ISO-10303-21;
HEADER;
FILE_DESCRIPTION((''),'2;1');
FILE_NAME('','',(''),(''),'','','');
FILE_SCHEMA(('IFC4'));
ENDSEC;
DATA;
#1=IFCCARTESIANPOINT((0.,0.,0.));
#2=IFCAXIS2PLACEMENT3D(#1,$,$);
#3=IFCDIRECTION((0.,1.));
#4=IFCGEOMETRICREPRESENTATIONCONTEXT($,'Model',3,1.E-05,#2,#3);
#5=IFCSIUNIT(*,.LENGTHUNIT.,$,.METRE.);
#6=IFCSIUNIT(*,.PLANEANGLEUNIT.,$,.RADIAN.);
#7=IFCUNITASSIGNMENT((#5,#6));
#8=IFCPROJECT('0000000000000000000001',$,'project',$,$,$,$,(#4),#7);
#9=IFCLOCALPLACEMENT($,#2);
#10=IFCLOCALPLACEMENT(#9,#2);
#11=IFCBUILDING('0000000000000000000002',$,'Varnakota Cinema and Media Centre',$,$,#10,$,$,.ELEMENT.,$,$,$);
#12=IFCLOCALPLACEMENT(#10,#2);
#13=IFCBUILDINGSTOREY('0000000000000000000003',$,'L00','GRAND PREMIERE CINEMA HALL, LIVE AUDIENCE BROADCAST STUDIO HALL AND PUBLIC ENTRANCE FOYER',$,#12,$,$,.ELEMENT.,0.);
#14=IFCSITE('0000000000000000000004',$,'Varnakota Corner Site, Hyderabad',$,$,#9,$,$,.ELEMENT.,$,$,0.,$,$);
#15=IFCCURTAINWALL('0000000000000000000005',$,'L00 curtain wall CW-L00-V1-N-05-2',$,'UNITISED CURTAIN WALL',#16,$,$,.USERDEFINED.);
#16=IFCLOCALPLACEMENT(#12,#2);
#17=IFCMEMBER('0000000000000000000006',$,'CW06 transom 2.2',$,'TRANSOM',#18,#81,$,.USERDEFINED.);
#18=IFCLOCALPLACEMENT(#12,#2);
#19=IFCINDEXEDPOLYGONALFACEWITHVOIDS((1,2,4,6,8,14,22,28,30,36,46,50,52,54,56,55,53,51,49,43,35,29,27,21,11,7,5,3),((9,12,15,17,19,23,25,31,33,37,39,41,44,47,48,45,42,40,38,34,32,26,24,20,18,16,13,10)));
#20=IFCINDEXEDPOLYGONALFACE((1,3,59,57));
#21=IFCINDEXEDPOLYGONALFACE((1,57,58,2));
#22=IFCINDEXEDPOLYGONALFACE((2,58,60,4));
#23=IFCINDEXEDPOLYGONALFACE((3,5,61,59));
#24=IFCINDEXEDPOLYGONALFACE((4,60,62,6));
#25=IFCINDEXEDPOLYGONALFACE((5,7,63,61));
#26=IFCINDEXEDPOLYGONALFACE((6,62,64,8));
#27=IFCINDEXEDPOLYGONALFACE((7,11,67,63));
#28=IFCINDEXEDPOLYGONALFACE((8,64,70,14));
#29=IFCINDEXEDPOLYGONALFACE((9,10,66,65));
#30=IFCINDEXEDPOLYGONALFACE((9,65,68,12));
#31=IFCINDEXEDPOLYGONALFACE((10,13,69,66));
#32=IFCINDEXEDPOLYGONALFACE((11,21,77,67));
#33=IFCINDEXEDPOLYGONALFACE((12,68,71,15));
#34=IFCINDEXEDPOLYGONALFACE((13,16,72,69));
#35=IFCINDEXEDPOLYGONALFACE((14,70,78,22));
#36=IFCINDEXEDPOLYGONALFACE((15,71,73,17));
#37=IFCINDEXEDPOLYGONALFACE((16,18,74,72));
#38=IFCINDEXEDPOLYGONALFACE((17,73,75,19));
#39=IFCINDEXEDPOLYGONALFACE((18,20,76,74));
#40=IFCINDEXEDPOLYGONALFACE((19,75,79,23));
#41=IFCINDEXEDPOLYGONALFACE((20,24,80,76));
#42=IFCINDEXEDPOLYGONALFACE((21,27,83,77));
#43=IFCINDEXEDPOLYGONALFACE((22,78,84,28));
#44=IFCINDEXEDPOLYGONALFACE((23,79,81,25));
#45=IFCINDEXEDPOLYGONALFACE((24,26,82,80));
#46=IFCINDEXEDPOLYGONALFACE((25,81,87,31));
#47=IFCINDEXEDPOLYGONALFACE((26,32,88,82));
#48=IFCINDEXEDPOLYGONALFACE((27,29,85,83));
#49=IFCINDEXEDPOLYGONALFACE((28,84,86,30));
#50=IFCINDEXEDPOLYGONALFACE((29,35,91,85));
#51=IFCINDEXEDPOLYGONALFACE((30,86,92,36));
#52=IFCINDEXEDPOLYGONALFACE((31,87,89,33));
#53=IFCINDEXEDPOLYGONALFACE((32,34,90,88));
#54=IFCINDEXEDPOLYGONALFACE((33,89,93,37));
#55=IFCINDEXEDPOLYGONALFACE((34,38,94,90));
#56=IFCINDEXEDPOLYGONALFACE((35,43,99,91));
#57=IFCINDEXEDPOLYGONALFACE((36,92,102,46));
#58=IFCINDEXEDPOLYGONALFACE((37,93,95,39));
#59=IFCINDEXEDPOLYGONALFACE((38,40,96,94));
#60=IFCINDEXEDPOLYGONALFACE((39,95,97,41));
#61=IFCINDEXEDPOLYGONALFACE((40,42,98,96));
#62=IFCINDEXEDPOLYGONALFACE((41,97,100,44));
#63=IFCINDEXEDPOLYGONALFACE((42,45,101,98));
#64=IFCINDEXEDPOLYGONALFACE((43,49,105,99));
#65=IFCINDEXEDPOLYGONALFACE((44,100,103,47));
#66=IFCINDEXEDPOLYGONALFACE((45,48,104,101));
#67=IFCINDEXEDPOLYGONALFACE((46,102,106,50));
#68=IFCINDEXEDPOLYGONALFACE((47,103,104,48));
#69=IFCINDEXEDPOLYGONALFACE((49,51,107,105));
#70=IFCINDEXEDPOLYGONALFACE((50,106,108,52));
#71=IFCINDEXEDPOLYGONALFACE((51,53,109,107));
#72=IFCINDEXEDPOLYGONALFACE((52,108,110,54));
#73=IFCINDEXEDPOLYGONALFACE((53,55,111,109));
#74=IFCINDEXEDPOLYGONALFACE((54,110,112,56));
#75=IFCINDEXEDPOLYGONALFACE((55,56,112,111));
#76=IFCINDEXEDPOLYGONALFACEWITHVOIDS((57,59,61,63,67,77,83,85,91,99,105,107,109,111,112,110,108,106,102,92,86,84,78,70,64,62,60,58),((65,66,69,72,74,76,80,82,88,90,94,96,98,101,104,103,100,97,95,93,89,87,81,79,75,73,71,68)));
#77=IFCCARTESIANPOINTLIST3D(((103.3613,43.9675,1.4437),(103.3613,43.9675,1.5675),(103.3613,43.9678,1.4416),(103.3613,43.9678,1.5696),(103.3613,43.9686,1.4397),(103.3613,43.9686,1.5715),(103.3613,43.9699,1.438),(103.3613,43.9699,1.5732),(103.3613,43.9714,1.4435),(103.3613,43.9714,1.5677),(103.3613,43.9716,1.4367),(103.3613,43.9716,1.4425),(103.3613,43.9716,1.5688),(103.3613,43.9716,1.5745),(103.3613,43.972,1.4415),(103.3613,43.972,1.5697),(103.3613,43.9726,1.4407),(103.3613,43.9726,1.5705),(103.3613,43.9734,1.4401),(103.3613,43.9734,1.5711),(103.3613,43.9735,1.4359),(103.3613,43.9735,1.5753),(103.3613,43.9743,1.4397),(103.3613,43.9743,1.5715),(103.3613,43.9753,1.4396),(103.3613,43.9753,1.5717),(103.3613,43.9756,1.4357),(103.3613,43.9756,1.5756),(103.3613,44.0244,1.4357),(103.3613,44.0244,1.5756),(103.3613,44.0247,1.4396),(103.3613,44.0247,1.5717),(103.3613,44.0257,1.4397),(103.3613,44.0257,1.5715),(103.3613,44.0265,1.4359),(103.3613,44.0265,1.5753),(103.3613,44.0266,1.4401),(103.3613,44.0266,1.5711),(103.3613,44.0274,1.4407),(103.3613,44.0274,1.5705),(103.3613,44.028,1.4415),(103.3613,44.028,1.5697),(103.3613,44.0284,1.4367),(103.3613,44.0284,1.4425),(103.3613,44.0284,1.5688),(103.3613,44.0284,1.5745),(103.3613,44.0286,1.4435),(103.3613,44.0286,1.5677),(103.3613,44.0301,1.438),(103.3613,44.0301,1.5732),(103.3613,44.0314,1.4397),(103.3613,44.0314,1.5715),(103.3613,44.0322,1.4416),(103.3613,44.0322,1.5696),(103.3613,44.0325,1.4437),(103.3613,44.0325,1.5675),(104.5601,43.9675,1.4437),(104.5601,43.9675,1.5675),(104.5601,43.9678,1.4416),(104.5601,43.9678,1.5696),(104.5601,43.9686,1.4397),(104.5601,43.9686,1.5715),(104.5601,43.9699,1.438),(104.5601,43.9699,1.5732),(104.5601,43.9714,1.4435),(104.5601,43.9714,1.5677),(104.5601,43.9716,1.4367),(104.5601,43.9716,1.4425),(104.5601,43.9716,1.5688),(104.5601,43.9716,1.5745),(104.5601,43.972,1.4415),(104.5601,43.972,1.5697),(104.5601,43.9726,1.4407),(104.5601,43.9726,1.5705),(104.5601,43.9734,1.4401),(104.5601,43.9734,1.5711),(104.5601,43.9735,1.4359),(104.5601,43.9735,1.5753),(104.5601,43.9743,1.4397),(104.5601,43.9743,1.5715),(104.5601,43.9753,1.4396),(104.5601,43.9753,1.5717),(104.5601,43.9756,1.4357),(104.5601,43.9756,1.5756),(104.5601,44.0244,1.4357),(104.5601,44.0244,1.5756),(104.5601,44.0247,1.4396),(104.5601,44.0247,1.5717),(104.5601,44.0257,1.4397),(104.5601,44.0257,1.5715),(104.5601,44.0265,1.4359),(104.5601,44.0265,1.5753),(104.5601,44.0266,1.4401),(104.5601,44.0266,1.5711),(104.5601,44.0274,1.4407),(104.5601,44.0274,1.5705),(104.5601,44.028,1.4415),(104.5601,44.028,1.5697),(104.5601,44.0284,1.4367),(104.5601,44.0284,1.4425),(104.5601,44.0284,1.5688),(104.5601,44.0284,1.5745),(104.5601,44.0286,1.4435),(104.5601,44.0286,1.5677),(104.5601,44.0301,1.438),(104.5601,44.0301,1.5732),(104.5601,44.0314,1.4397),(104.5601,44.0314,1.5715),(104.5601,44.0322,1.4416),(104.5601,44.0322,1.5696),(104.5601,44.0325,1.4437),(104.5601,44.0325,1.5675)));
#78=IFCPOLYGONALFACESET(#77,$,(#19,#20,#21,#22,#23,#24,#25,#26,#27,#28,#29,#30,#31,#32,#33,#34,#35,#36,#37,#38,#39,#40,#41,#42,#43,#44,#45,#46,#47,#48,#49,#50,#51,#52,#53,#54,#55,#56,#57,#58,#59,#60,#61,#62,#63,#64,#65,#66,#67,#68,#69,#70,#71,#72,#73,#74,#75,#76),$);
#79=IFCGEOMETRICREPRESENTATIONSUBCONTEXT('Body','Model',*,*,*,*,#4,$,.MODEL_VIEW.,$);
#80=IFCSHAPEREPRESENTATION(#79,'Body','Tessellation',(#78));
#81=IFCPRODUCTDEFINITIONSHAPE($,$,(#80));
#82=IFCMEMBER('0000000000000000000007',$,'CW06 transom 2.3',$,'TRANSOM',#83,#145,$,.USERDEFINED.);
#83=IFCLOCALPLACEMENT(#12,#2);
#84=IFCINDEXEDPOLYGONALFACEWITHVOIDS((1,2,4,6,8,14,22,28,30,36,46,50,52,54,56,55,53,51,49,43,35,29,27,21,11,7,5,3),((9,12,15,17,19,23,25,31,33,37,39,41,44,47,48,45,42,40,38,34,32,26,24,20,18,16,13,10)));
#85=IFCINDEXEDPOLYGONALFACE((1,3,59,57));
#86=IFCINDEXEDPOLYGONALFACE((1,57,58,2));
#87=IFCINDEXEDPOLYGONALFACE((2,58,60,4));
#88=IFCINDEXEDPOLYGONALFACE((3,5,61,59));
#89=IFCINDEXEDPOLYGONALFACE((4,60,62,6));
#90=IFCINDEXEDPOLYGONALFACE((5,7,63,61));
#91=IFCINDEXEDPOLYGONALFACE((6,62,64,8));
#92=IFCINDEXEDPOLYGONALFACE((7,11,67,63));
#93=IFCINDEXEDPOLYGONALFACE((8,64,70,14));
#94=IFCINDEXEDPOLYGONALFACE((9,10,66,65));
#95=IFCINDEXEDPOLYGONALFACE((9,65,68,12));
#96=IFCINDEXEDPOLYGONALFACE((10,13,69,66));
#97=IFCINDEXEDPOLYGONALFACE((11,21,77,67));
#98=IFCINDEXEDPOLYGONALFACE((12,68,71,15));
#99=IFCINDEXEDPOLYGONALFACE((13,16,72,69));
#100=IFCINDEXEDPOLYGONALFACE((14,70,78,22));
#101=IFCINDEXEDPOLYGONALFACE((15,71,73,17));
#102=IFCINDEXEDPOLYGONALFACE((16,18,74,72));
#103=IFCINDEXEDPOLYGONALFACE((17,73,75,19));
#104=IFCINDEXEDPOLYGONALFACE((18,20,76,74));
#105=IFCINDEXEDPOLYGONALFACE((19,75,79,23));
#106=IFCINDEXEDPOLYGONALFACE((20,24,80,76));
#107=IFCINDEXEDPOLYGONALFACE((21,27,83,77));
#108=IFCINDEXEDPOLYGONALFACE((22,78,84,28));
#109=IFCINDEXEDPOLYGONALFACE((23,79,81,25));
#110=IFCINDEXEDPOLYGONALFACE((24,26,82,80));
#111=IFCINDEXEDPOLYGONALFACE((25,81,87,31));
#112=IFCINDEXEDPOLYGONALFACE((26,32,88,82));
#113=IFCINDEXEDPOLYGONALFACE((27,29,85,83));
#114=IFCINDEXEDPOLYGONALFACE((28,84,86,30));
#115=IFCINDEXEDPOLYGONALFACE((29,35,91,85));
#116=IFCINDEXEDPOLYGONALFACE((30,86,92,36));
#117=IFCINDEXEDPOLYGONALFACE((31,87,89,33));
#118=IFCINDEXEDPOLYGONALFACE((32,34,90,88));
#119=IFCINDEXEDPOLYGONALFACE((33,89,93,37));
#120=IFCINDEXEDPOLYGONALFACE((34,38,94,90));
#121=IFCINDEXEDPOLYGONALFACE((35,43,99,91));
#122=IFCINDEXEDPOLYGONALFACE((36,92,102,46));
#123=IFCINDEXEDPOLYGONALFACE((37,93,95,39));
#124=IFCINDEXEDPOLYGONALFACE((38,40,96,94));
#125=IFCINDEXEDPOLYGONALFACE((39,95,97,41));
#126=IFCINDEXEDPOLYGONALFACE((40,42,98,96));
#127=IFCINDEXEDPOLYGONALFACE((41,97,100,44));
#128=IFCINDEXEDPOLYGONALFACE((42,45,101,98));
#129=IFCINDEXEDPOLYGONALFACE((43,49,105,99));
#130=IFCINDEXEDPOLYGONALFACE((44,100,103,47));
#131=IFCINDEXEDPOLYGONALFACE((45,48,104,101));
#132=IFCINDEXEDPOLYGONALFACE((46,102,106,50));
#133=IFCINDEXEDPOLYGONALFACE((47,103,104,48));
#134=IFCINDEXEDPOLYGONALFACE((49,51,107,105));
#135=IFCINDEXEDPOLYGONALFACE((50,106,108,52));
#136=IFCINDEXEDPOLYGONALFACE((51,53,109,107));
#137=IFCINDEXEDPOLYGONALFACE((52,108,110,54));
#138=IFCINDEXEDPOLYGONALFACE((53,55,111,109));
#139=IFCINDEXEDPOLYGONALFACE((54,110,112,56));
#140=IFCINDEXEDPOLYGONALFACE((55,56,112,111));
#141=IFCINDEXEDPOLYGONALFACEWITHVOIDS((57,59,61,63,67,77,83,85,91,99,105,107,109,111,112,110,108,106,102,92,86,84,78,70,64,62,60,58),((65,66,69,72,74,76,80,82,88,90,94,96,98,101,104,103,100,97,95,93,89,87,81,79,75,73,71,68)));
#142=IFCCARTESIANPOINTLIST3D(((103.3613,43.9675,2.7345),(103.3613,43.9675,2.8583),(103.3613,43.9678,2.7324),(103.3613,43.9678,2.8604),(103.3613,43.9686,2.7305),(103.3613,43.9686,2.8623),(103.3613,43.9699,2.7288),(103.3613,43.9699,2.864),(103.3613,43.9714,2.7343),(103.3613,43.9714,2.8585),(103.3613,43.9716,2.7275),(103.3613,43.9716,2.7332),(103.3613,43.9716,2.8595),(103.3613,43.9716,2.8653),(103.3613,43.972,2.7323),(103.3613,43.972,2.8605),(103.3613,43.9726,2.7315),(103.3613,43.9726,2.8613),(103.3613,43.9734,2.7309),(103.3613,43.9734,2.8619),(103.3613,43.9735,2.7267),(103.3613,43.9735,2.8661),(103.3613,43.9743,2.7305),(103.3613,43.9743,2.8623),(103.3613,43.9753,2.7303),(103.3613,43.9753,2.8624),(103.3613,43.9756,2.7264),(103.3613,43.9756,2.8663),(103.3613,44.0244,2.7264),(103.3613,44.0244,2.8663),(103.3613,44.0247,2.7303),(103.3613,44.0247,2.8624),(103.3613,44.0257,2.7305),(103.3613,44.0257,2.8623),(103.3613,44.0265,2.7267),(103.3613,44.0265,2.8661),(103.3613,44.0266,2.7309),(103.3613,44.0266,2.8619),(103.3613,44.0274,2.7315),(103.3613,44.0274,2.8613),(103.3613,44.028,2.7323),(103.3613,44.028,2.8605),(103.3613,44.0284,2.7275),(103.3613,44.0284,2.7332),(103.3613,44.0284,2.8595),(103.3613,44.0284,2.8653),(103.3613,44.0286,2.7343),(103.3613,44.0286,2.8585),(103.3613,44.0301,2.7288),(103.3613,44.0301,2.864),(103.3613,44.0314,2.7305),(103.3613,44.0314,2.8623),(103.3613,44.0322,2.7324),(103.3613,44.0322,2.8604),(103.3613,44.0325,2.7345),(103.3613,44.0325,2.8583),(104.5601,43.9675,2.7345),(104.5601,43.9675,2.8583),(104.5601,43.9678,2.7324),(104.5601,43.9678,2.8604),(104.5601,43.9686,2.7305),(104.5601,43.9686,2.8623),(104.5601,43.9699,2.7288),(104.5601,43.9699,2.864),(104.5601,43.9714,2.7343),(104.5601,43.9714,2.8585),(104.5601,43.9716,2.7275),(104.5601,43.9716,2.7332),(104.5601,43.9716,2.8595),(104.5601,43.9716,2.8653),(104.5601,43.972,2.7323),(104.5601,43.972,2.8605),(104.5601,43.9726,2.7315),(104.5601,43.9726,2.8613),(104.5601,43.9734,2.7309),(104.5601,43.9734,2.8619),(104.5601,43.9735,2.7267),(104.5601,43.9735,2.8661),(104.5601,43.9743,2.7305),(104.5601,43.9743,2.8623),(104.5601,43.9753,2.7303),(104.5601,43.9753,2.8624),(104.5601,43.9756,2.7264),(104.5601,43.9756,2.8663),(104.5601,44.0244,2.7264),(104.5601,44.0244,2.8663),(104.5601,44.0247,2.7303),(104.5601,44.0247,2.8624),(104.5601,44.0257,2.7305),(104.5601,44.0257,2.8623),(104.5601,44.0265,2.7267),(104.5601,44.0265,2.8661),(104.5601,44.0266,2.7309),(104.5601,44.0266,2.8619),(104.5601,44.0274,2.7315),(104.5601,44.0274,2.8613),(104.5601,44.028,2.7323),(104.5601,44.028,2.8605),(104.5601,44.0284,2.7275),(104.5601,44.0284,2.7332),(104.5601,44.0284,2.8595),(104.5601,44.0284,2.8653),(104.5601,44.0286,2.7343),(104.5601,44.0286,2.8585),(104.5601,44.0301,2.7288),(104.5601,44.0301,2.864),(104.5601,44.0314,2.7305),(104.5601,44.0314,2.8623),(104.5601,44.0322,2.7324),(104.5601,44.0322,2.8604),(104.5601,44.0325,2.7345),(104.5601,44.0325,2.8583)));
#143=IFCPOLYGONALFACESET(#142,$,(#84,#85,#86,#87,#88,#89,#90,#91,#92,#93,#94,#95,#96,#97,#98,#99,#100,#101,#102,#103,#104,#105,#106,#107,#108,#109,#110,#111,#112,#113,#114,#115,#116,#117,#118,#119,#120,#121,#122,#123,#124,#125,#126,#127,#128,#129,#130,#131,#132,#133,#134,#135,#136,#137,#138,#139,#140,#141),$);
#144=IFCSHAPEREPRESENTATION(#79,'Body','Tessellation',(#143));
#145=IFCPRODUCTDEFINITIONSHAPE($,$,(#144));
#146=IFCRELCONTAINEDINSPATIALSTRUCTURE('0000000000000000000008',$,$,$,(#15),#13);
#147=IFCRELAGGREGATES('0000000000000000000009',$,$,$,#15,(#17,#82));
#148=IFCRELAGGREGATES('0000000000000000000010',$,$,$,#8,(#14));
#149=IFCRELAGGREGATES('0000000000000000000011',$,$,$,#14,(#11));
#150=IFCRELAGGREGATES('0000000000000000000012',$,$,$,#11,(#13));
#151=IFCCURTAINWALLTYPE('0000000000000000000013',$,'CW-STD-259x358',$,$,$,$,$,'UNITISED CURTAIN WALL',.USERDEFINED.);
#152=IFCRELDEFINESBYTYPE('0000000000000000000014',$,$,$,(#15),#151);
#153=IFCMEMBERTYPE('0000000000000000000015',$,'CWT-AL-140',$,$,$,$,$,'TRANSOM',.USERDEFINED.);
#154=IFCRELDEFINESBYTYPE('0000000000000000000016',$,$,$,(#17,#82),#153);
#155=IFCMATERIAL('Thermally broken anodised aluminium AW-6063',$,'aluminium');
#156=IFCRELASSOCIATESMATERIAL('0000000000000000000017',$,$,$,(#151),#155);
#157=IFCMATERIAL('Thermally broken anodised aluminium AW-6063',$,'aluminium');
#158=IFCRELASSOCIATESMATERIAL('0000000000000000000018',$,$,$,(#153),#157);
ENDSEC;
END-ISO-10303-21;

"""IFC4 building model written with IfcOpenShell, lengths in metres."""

from ifc_helpers import new_model, si_unit, direction, frame, origin, origin_2d, place, context, subcontext, project, spatial, hollow_rectangle, extrude, material, material_profile, profile_set, type_object, element, aggregate, save


model = new_model("IFC4")

# Units and contexts
model_context = context("Model", 3, precision=1e-05, world=origin(), true_north=direction((0.0, 1.0)))
body_context = subcontext(model_context, "Body", "Model", "MODEL_VIEW")
ifc_project = project(units=[si_unit("LENGTHUNIT", "METRE"), si_unit("PLANEANGLEUNIT", "RADIAN")], contexts=[model_context])

# Site, building, storey
site_placement = place(None, origin())
site = spatial("IfcSite", under=ifc_project, at=site_placement, Name="Varnakota Corner Site, Hyderabad", CompositionType="ELEMENT", RefElevation=0.0)
building_placement = place(site_placement, origin())
building = spatial("IfcBuilding", under=site, at=building_placement, Name="Varnakota Cinema and Media Centre", CompositionType="ELEMENT")
storey_placement = place(building_placement, origin())
storey = spatial("IfcBuildingStorey", under=building, at=storey_placement, Name="L00", Description="GRAND PREMIERE CINEMA HALL, LIVE AUDIENCE BROADCAST STUDIO HALL AND PUBLIC ENTRANCE FOYER", CompositionType="ELEMENT", Elevation=0.0)

# Curtain wall
ifc_material_1 = material(Name="Thermally broken anodised aluminium AW-6063", Category="aluminium")
curtain_wall_type = type_object("IfcCurtainWallType", Name="CW-STD-259x358", ElementType="UNITISED CURTAIN WALL", PredefinedType="USERDEFINED", material=ifc_material_1)
curtain_wall_1_placement = place(storey_placement, origin())
curtain_wall_1 = element("IfcCurtainWall", 1, at=curtain_wall_1_placement, inside=storey, type_object=curtain_wall_type, Name="L00 curtain wall CW-L00-V1-N-05-2", ObjectType="UNITISED CURTAIN WALL", PredefinedType="USERDEFINED")

# Members
ifc_material_2 = material(Name="Thermally broken anodised aluminium AW-6063", Category="aluminium")
ifc_material_profile_1 = material_profile(ifc_material_2, hollow_rectangle(XDim=0.0649, YDim=0.1399, WallThickness=0.0039, InnerFilletRadius=0.0039, OuterFilletRadius=0.0081, at=origin_2d()), Name="AL-TRANSOM 140x65x4")
ifc_profile_set_1 = profile_set([ifc_material_profile_1], Name="Thermally broken anodised aluminium AW-6063")
member_type_1 = type_object("IfcMemberType", Name="CWT-AL-140", ElementType="TRANSOM", PredefinedType="USERDEFINED", material=ifc_profile_set_1)
member_1_placement = place(storey_placement, frame((103.3613, 44.0, 1.5056), z_axis=(1.0, 0.0, 0.0), x_axis=(0.0, 1.0, 0.0)))
member_1 = element("IfcMember", 2, at=member_1_placement, type_object=member_type_1, Name="CW06 transom 2.2", ObjectType="TRANSOM", PredefinedType="USERDEFINED", context=body_context, shape_type="SweptSolid", body=[
    extrude(hollow_rectangle(XDim=0.0649, YDim=0.1399, WallThickness=0.0039, InnerFilletRadius=0.0039, OuterFilletRadius=0.0081, at=origin_2d()), origin(), (0.0, 0.0, 1.0), 1.1987),
])
member_2_placement = place(storey_placement, frame((103.3613, 44.0, 2.7964), z_axis=(1.0, 0.0, 0.0), x_axis=(0.0, 1.0, 0.0)))
member_2 = element("IfcMember", 3, at=member_2_placement, type_object=member_type_1, Name="CW06 transom 2.3", ObjectType="TRANSOM", PredefinedType="USERDEFINED", context=body_context, shape_type="SweptSolid", body=[
    extrude(hollow_rectangle(XDim=0.0649, YDim=0.1399, WallThickness=0.0039, InnerFilletRadius=0.0039, OuterFilletRadius=0.0081, at=origin_2d()), origin(), (0.0, 0.0, 1.0), 1.1987),
])

aggregate(curtain_wall_1, [member_1, member_2])

save(model, "model.ifc")
